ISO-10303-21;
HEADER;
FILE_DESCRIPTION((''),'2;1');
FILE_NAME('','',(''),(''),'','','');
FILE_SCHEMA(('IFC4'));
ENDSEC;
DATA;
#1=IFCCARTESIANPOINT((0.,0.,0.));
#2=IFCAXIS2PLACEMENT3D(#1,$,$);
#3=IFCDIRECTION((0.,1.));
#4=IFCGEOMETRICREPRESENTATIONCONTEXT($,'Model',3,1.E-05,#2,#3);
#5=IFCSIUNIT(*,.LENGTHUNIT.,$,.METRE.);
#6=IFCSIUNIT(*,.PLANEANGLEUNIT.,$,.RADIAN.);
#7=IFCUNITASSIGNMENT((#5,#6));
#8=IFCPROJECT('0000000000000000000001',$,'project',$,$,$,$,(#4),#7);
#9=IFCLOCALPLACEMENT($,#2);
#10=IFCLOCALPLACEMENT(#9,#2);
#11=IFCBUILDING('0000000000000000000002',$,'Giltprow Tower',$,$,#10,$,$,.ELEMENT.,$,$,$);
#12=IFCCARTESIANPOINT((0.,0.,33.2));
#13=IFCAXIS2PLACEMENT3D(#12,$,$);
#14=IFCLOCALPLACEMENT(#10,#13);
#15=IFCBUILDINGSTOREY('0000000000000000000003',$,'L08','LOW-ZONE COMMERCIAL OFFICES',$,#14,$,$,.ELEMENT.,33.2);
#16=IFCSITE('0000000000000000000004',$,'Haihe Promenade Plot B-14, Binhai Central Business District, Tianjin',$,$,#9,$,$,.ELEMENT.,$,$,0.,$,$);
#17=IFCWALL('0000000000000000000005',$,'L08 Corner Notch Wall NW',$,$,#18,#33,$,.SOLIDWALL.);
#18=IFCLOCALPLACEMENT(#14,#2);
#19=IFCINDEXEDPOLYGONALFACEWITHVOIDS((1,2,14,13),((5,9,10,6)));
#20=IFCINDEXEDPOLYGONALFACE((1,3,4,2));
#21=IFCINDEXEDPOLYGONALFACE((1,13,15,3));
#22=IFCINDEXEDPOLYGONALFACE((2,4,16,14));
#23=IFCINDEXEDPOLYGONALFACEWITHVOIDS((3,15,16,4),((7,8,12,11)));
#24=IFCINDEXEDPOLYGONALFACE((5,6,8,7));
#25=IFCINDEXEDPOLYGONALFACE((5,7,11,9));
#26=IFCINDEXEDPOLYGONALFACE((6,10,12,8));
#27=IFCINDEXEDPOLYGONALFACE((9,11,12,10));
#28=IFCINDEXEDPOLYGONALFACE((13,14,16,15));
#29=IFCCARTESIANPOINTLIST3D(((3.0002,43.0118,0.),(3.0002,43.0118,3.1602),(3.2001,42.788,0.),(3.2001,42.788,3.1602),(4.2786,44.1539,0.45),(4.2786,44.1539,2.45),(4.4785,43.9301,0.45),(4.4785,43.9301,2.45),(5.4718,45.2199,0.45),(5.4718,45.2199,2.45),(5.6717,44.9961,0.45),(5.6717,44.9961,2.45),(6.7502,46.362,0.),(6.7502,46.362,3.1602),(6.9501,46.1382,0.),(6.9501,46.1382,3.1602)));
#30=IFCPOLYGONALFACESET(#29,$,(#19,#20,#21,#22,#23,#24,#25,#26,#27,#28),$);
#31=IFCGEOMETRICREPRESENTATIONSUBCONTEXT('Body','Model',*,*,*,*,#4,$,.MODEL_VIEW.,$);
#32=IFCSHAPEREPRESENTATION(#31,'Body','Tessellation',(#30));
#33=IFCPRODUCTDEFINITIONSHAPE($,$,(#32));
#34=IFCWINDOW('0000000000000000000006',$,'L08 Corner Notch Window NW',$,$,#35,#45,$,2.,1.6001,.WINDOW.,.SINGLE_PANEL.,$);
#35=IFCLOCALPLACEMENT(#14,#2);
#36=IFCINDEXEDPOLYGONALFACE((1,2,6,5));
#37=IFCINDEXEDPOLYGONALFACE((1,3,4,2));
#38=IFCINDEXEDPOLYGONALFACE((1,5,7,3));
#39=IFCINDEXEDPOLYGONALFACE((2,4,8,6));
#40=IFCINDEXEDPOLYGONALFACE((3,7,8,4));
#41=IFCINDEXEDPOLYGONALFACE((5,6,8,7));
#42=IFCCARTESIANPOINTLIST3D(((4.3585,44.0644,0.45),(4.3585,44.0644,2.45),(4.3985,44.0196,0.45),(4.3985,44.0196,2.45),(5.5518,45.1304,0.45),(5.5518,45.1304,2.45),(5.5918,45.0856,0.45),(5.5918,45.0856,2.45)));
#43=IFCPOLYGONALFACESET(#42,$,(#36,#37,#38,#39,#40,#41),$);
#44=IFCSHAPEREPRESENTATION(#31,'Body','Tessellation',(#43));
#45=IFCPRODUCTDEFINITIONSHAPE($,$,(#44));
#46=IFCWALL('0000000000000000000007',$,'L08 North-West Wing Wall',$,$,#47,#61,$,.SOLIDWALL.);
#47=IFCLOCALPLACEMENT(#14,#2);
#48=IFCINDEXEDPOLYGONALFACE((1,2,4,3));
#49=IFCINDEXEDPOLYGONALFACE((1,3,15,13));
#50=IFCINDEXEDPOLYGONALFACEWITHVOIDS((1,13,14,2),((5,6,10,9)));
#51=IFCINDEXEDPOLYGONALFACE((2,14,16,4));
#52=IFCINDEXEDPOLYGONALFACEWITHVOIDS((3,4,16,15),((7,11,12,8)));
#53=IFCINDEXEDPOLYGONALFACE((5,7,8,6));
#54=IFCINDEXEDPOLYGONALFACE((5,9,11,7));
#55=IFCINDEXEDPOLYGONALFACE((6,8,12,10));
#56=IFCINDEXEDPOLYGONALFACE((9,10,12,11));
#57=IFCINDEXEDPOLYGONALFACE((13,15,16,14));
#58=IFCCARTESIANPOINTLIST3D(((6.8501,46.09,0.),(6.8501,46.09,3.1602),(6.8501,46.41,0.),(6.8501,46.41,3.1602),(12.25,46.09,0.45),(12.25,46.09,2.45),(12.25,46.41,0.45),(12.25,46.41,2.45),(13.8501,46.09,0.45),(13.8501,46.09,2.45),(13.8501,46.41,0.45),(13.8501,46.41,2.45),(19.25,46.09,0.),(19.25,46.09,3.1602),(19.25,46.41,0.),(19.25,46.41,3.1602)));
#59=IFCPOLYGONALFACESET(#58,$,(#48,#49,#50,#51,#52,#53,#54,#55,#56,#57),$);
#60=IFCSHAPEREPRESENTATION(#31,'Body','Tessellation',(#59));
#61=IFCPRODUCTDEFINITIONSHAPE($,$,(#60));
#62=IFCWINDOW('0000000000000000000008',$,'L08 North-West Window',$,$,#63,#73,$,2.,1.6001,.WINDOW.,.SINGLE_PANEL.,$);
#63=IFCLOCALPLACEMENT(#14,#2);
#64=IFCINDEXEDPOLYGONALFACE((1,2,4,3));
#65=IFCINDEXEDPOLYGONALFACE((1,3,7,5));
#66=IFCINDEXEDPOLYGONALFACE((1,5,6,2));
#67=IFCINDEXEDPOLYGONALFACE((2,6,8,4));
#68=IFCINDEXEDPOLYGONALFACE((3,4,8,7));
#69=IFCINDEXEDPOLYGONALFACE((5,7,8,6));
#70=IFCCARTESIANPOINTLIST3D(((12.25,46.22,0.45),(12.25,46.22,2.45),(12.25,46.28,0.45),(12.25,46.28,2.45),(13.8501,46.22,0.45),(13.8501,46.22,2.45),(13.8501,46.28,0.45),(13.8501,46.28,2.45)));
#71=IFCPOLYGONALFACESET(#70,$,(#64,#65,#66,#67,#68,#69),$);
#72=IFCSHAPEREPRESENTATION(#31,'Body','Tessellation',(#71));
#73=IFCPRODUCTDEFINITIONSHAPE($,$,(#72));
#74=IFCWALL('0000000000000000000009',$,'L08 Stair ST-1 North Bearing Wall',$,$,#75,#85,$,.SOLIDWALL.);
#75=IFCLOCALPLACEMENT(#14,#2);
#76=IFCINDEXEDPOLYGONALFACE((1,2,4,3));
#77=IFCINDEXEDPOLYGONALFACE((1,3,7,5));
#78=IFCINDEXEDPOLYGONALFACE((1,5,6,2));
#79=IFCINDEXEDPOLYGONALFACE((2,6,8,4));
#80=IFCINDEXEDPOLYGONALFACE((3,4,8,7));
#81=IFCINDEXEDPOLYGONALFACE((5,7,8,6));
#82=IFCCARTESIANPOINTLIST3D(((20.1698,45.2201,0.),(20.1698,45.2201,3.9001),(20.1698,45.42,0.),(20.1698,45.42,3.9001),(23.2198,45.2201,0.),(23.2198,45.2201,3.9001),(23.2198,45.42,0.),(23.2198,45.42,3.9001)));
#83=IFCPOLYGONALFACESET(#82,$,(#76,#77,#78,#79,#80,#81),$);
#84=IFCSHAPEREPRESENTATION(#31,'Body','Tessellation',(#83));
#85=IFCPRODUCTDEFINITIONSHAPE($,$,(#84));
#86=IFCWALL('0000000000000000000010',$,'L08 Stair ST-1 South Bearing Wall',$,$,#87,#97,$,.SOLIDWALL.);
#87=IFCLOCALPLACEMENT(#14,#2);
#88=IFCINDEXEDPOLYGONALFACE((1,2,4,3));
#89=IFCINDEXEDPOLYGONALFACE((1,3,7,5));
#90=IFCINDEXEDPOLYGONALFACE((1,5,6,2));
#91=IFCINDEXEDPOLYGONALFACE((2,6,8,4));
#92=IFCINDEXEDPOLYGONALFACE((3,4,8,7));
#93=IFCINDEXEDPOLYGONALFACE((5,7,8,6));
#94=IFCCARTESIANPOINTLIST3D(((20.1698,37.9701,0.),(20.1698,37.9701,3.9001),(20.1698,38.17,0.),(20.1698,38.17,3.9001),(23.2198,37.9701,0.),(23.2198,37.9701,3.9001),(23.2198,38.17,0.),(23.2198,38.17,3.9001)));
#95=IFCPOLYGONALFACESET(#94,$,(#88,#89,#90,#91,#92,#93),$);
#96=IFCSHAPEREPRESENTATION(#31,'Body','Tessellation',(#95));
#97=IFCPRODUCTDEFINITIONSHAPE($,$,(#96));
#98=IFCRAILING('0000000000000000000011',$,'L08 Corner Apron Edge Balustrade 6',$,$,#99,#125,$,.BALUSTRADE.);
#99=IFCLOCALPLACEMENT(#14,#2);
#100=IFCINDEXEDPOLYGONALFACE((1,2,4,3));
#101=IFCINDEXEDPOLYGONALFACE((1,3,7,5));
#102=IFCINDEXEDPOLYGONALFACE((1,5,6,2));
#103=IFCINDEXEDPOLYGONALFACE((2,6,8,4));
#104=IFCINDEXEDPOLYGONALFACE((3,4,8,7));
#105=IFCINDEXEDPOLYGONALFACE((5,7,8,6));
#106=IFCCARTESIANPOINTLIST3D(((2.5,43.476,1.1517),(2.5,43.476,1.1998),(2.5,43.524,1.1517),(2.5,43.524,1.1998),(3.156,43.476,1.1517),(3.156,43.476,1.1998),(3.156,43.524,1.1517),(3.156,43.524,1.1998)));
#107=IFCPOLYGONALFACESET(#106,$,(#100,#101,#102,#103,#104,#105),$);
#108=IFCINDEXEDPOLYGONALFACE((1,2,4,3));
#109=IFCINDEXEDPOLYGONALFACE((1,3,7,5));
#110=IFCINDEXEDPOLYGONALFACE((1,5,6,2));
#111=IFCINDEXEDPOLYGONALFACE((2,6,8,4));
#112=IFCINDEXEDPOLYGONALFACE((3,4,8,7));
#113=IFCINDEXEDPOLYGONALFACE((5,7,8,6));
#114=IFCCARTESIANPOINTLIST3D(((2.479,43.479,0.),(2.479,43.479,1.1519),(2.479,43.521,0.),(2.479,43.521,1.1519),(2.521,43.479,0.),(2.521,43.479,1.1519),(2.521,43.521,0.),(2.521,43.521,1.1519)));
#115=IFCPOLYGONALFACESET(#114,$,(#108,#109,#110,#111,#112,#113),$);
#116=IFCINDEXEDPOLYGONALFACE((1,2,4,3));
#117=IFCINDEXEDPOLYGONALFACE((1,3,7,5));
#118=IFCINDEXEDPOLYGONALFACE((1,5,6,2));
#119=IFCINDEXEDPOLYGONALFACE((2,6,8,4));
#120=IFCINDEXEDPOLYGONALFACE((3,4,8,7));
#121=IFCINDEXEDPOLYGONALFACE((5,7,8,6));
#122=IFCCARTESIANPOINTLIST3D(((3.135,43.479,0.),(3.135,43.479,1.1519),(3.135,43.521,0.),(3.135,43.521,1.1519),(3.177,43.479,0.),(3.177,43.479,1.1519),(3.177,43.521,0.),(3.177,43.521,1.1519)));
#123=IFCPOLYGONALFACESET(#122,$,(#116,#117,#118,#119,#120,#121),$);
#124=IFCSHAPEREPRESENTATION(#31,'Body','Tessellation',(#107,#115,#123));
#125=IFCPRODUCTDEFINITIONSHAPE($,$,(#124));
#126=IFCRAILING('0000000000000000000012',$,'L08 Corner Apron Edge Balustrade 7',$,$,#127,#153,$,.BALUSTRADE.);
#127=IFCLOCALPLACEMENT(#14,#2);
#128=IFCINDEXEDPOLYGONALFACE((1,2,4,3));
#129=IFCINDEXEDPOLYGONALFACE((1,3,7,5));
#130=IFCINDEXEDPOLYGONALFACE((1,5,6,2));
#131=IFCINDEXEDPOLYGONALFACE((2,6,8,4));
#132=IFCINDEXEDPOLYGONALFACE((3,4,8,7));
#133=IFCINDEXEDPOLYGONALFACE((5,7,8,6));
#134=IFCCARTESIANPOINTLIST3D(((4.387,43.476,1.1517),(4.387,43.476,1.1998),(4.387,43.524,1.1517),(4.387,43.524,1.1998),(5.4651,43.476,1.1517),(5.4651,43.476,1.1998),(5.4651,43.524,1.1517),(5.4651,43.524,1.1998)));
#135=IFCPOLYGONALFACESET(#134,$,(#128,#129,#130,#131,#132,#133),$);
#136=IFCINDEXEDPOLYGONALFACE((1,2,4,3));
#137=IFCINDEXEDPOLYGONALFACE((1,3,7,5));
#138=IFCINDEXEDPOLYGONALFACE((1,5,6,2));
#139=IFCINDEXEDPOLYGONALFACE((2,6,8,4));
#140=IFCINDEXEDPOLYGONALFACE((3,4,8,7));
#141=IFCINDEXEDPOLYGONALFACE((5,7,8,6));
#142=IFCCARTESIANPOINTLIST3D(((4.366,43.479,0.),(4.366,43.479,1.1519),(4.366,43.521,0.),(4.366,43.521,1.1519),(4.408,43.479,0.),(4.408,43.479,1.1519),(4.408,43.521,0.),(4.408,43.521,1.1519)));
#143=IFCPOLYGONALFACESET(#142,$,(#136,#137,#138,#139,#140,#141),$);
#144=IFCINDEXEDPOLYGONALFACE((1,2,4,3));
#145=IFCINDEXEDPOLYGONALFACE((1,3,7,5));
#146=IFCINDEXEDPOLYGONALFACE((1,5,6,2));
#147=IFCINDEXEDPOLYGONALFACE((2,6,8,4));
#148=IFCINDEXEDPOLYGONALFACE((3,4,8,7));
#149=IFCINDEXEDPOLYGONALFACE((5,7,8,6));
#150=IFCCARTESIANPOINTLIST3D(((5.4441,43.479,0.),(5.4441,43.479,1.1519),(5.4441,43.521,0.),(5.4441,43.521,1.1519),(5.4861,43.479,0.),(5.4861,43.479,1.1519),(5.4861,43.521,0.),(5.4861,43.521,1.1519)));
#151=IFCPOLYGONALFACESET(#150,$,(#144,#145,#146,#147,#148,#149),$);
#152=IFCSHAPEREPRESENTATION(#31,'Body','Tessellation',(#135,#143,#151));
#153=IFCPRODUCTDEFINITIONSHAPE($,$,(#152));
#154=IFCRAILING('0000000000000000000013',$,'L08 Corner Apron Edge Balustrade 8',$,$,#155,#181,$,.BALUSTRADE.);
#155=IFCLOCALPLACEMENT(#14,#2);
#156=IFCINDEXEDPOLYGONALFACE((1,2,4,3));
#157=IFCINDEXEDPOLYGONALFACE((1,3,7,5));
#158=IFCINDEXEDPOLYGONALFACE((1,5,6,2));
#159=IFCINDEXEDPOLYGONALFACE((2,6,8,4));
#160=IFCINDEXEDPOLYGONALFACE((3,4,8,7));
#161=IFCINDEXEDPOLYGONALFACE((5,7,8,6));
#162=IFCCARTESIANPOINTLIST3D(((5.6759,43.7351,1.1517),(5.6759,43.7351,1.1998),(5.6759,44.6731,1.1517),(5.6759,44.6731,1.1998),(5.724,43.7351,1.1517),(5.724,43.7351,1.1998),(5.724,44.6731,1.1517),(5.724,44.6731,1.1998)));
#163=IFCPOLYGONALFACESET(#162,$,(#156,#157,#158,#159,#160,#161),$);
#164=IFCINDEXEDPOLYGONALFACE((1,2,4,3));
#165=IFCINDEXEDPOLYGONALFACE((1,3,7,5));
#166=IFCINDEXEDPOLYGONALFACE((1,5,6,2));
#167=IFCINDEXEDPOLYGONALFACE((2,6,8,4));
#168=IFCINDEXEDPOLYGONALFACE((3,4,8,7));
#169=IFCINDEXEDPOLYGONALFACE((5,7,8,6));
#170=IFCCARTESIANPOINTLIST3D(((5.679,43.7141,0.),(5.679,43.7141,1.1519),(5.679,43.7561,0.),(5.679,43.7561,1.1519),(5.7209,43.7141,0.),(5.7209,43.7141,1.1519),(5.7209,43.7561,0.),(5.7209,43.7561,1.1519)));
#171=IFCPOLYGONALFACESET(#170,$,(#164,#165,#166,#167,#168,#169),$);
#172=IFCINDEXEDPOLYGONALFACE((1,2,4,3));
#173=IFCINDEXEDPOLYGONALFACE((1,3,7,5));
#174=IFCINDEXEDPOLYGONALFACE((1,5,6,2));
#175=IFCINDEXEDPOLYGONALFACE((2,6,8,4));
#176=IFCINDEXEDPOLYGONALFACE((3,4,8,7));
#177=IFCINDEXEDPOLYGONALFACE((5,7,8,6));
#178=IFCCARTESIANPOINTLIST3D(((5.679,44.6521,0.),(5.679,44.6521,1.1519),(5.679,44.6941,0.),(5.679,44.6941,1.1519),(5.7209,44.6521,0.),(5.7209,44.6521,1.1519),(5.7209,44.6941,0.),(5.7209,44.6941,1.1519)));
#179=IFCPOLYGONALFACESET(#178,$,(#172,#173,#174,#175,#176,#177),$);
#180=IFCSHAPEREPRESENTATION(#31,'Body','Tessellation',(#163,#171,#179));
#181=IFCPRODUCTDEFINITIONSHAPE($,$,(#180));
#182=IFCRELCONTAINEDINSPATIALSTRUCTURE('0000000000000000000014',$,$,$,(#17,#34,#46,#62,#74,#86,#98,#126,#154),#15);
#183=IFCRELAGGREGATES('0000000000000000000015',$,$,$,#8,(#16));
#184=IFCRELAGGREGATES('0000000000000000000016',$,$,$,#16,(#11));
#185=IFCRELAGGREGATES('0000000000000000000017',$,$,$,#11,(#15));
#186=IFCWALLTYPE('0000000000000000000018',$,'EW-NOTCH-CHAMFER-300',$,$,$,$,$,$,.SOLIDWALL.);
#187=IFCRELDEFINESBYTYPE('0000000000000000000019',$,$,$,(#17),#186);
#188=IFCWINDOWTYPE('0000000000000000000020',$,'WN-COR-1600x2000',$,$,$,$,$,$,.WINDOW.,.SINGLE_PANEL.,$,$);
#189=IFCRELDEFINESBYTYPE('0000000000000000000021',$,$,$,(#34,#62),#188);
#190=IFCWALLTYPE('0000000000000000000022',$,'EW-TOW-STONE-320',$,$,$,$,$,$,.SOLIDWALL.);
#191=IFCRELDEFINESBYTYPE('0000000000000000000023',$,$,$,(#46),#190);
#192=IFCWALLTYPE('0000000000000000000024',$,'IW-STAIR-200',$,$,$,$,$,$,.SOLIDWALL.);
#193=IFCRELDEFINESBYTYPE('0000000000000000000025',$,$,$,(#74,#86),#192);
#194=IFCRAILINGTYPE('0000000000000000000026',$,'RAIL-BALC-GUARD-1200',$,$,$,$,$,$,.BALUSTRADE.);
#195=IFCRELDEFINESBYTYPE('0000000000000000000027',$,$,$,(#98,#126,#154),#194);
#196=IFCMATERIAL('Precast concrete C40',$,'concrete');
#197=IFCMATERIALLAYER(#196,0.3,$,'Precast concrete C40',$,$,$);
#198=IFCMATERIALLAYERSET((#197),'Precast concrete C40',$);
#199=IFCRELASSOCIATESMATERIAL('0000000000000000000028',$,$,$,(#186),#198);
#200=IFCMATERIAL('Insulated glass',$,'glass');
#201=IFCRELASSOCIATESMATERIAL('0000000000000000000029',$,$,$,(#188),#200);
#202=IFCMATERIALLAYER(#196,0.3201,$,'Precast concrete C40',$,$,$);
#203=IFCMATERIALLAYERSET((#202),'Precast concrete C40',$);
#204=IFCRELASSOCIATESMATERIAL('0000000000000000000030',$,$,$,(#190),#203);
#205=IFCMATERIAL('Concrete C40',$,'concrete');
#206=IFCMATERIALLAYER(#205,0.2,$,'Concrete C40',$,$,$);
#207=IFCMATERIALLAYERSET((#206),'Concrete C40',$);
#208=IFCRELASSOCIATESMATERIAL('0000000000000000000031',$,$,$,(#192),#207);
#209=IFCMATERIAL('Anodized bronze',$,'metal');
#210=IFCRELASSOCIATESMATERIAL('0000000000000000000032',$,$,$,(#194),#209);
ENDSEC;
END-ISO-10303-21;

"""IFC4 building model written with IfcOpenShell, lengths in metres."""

from ifc_helpers import new_model, si_unit, direction, frame, frame_2d, origin, origin_2d, place, context, subcontext, project, spatial, rectangle, extrude, source, transform, mapped, material, layer, layer_set, type_object, element, fill, save


model = new_model("IFC4")

# Units and contexts
model_context = context("Model", 3, precision=1e-05, world=origin(), true_north=direction((0.0, 1.0)))
body_context = subcontext(model_context, "Body", "Model", "MODEL_VIEW")
ifc_project = project(units=[si_unit("LENGTHUNIT", "METRE"), si_unit("PLANEANGLEUNIT", "RADIAN")], contexts=[model_context])

# Site, building, storey
site_placement = place(None, origin())
site = spatial("IfcSite", under=ifc_project, at=site_placement, Name="Haihe Promenade Plot B-14, Binhai Central Business District, Tianjin", CompositionType="ELEMENT", RefElevation=0.0)
building_placement = place(site_placement, origin())
building = spatial("IfcBuilding", under=site, at=building_placement, Name="Giltprow Tower", CompositionType="ELEMENT")
storey_placement = place(building_placement, frame((0.0, 0.0, 33.2)))
storey = spatial("IfcBuildingStorey", under=building, at=storey_placement, Name="L08", Description="LOW-ZONE COMMERCIAL OFFICES", CompositionType="ELEMENT", Elevation=33.2)

# Walls, openings, windows
ifc_material_1 = material(Name="Precast concrete C40", Category="concrete")
ifc_layer_1 = layer(ifc_material_1, 0.3, Name="Precast concrete C40")
ifc_layer_set_1 = layer_set([ifc_layer_1], Name="Precast concrete C40")
wall_type_1 = type_object("IfcWallType", Name="EW-NOTCH-CHAMFER-300", PredefinedType="SOLIDWALL", material=ifc_layer_set_1)
wall_1_placement = place(storey_placement, frame((6.8501, 46.25, 0.0), z_axis=(0.0, 0.0, 1.0), x_axis=(-0.745752, -0.666224, 0.0)))
wall_1 = element("IfcWall", 1, at=wall_1_placement, inside=storey, type_object=wall_type_1, Name="L08 Corner Notch Wall NW", PredefinedType="SOLIDWALL", context=body_context, shape_type="SweptSolid", body=[
    extrude(rectangle(XDim=5.0286, YDim=0.3, at=frame_2d((2.5142, 0.0))), origin(), (0.0, 0.0, 1.0), 3.1602),
])
opening_1_placement = place(wall_1_placement, frame((1.7141, 0.0, 0.45)))
opening_1 = element("IfcOpeningElement", 2, at=opening_1_placement, cuts=wall_1, PredefinedType="OPENING", context=body_context, shape_type="SweptSolid", body=[
    extrude(rectangle(XDim=1.6001, YDim=2.0, at=frame_2d((0.8, 1.0))), frame((0.0, 0.1599, 0.0), z_axis=(0.0, -1.0, 0.0), x_axis=(1.0, 0.0, 0.0)), (0.0, 0.0, 1.0), 0.3201),
])
ifc_material_2 = material(Name="Insulated glass", Category="glass")
window_type = type_object("IfcWindowType", Name="WN-COR-1600x2000", PartitioningType="SINGLE_PANEL", PredefinedType="WINDOW", material=ifc_material_2)
shared_shape_1 = source(origin(), body_context, "Body", "SweptSolid", [
    extrude(rectangle(XDim=1.6001, YDim=2.0, at=frame_2d((0.8, 1.0))), frame((0.0, 0.03, 0.0), z_axis=(0.0, -1.0, 0.0), x_axis=(1.0, 0.0, 0.0)), (0.0, 0.0, 1.0), 0.0601),
])
window_1_placement = place(opening_1_placement, origin())
window_1 = element("IfcWindow", 3, at=window_1_placement, inside=storey, type_object=window_type, Name="L08 Corner Notch Window NW", OverallHeight=2.0, OverallWidth=1.6001, PartitioningType="SINGLE_PANEL", PredefinedType="WINDOW", context=body_context, shape_type="MappedRepresentation", body=[
    mapped(shared_shape_1, transform((0.0, 0.0, 0.0), x_axis=(1.0, 0.0, 0.0), y_axis=(0.0, 1.0, 0.0), z_axis=(0.0, 0.0, 1.0), scale=1.0)),
])
fill(opening_1, window_1)
ifc_layer_2 = layer(ifc_material_1, 0.3201, Name="Precast concrete C40")
ifc_layer_set_2 = layer_set([ifc_layer_2], Name="Precast concrete C40")
wall_type_2 = type_object("IfcWallType", Name="EW-TOW-STONE-320", PredefinedType="SOLIDWALL", material=ifc_layer_set_2)
wall_2_placement = place(storey_placement, frame((6.8501, 46.25, 0.0), z_axis=(0.0, 0.0, 1.0), x_axis=(1.0, 0.0, 0.0)))
wall_2 = element("IfcWall", 4, at=wall_2_placement, inside=storey, type_object=wall_type_2, Name="L08 North-West Wing Wall", PredefinedType="SOLIDWALL", context=body_context, shape_type="SweptSolid", body=[
    extrude(rectangle(XDim=12.3999, YDim=0.3201, at=frame_2d((6.2, 0.0))), origin(), (0.0, 0.0, 1.0), 3.1602),
])
opening_2_placement = place(wall_2_placement, frame((5.3999, 0.0, 0.45)))
opening_2 = element("IfcOpeningElement", 5, at=opening_2_placement, cuts=wall_2, PredefinedType="OPENING", context=body_context, shape_type="SweptSolid", body=[
    extrude(rectangle(XDim=1.6001, YDim=2.0, at=frame_2d((0.8, 1.0))), frame((0.0, 0.1699, 0.0), z_axis=(0.0, -1.0, 0.0), x_axis=(1.0, 0.0, 0.0)), (0.0, 0.0, 1.0), 0.3401),
])
window_2_placement = place(opening_2_placement, origin())
window_2 = element("IfcWindow", 6, at=window_2_placement, inside=storey, type_object=window_type, Name="L08 North-West Window", OverallHeight=2.0, OverallWidth=1.6001, PartitioningType="SINGLE_PANEL", PredefinedType="WINDOW", context=body_context, shape_type="MappedRepresentation", body=[
    mapped(shared_shape_1, transform((0.0, 0.0, 0.0), x_axis=(1.0, 0.0, 0.0), y_axis=(0.0, 1.0, 0.0), z_axis=(0.0, 0.0, 1.0), scale=1.0)),
])
fill(opening_2, window_2)

# Walls
ifc_material_3 = material(Name="Concrete C40", Category="concrete")
ifc_layer_3 = layer(ifc_material_3, 0.2, Name="Concrete C40")
ifc_layer_set_3 = layer_set([ifc_layer_3], Name="Concrete C40")
wall_type_3 = type_object("IfcWallType", Name="IW-STAIR-200", PredefinedType="SOLIDWALL", material=ifc_layer_set_3)
for number, where, z_axis, x_axis, name in (
    (7, (20.1699, 45.3201, 0.0), (0.0, 0.0, 1.0), (1.0, 0.0, 0.0), "L08 Stair ST-1 North Bearing Wall"),
    (8, (20.1699, 38.0701, 0.0), (0.0, 0.0, 1.0), (1.0, 0.0, 0.0), "L08 Stair ST-1 South Bearing Wall"),
):
    element("IfcWall", number, at=place(storey_placement, frame(where, z_axis=z_axis, x_axis=x_axis)), inside=storey, type_object=wall_type_3, Name=name, PredefinedType="SOLIDWALL", context=body_context, shape_type="SweptSolid", body=[
        extrude(rectangle(XDim=3.05, YDim=0.2, at=frame_2d((1.5249, 0.0))), origin(), (0.0, 0.0, 1.0), 3.9001),
    ])

# Railings
ifc_material_4 = material(Name="Anodized bronze", Category="metal")
railing_type_1 = type_object("IfcRailingType", Name="RAIL-BALC-GUARD-1200", PredefinedType="BALUSTRADE", material=ifc_material_4)
railing_1_placement = place(storey_placement, frame((2.5, 43.5, 0.0)))
element("IfcRailing", 9, at=railing_1_placement, inside=storey, type_object=railing_type_1, Name="L08 Corner Apron Edge Balustrade 6", PredefinedType="BALUSTRADE", context=body_context, shape_type="SweptSolid", body=[
    extrude(rectangle(XDim=0.0481, YDim=0.0481, at=origin_2d()), frame((0.0, 0.0, 1.1758), z_axis=(1.0, 0.0, 0.0), x_axis=(0.0, 1.0, 0.0)), (0.0, 0.0, 1.0), 0.656),
    extrude(rectangle(XDim=0.042, YDim=0.042, at=origin_2d()), origin(), (0.0, 0.0, 1.0), 1.1519),
    extrude(rectangle(XDim=0.042, YDim=0.042, at=origin_2d()), frame((0.656, 0.0, 0.0)), (0.0, 0.0, 1.0), 1.1519),
])
railing_2_placement = place(storey_placement, frame((4.387, 43.5, 0.0)))
element("IfcRailing", 10, at=railing_2_placement, inside=storey, type_object=railing_type_1, Name="L08 Corner Apron Edge Balustrade 7", PredefinedType="BALUSTRADE", context=body_context, shape_type="SweptSolid", body=[
    extrude(rectangle(XDim=0.0481, YDim=0.0481, at=origin_2d()), frame((0.0, 0.0, 1.1758), z_axis=(1.0, 0.0, 0.0), x_axis=(0.0, 1.0, 0.0)), (0.0, 0.0, 1.0), 1.0781),
    extrude(rectangle(XDim=0.042, YDim=0.042, at=origin_2d()), origin(), (0.0, 0.0, 1.0), 1.1519),
    extrude(rectangle(XDim=0.042, YDim=0.042, at=origin_2d()), frame((1.0781, 0.0, 0.0)), (0.0, 0.0, 1.0), 1.1519),
])
railing_3_placement = place(storey_placement, frame((5.7, 43.7351, 0.0)))
element("IfcRailing", 11, at=railing_3_placement, inside=storey, type_object=railing_type_1, Name="L08 Corner Apron Edge Balustrade 8", PredefinedType="BALUSTRADE", context=body_context, shape_type="SweptSolid", body=[
    extrude(rectangle(XDim=0.0481, YDim=0.0481, at=origin_2d()), frame((0.0, 0.0, 1.1758), z_axis=(0.0, 1.0, 0.0), x_axis=(-1.0, 0.0, 0.0)), (0.0, 0.0, 1.0), 0.938),
    extrude(rectangle(XDim=0.042, YDim=0.042, at=origin_2d()), origin(), (0.0, 0.0, 1.0), 1.1519),
    extrude(rectangle(XDim=0.042, YDim=0.042, at=origin_2d()), frame((0.0, 0.938, 0.0)), (0.0, 0.0, 1.0), 1.1519),
])

save(model, "model.ifc")
